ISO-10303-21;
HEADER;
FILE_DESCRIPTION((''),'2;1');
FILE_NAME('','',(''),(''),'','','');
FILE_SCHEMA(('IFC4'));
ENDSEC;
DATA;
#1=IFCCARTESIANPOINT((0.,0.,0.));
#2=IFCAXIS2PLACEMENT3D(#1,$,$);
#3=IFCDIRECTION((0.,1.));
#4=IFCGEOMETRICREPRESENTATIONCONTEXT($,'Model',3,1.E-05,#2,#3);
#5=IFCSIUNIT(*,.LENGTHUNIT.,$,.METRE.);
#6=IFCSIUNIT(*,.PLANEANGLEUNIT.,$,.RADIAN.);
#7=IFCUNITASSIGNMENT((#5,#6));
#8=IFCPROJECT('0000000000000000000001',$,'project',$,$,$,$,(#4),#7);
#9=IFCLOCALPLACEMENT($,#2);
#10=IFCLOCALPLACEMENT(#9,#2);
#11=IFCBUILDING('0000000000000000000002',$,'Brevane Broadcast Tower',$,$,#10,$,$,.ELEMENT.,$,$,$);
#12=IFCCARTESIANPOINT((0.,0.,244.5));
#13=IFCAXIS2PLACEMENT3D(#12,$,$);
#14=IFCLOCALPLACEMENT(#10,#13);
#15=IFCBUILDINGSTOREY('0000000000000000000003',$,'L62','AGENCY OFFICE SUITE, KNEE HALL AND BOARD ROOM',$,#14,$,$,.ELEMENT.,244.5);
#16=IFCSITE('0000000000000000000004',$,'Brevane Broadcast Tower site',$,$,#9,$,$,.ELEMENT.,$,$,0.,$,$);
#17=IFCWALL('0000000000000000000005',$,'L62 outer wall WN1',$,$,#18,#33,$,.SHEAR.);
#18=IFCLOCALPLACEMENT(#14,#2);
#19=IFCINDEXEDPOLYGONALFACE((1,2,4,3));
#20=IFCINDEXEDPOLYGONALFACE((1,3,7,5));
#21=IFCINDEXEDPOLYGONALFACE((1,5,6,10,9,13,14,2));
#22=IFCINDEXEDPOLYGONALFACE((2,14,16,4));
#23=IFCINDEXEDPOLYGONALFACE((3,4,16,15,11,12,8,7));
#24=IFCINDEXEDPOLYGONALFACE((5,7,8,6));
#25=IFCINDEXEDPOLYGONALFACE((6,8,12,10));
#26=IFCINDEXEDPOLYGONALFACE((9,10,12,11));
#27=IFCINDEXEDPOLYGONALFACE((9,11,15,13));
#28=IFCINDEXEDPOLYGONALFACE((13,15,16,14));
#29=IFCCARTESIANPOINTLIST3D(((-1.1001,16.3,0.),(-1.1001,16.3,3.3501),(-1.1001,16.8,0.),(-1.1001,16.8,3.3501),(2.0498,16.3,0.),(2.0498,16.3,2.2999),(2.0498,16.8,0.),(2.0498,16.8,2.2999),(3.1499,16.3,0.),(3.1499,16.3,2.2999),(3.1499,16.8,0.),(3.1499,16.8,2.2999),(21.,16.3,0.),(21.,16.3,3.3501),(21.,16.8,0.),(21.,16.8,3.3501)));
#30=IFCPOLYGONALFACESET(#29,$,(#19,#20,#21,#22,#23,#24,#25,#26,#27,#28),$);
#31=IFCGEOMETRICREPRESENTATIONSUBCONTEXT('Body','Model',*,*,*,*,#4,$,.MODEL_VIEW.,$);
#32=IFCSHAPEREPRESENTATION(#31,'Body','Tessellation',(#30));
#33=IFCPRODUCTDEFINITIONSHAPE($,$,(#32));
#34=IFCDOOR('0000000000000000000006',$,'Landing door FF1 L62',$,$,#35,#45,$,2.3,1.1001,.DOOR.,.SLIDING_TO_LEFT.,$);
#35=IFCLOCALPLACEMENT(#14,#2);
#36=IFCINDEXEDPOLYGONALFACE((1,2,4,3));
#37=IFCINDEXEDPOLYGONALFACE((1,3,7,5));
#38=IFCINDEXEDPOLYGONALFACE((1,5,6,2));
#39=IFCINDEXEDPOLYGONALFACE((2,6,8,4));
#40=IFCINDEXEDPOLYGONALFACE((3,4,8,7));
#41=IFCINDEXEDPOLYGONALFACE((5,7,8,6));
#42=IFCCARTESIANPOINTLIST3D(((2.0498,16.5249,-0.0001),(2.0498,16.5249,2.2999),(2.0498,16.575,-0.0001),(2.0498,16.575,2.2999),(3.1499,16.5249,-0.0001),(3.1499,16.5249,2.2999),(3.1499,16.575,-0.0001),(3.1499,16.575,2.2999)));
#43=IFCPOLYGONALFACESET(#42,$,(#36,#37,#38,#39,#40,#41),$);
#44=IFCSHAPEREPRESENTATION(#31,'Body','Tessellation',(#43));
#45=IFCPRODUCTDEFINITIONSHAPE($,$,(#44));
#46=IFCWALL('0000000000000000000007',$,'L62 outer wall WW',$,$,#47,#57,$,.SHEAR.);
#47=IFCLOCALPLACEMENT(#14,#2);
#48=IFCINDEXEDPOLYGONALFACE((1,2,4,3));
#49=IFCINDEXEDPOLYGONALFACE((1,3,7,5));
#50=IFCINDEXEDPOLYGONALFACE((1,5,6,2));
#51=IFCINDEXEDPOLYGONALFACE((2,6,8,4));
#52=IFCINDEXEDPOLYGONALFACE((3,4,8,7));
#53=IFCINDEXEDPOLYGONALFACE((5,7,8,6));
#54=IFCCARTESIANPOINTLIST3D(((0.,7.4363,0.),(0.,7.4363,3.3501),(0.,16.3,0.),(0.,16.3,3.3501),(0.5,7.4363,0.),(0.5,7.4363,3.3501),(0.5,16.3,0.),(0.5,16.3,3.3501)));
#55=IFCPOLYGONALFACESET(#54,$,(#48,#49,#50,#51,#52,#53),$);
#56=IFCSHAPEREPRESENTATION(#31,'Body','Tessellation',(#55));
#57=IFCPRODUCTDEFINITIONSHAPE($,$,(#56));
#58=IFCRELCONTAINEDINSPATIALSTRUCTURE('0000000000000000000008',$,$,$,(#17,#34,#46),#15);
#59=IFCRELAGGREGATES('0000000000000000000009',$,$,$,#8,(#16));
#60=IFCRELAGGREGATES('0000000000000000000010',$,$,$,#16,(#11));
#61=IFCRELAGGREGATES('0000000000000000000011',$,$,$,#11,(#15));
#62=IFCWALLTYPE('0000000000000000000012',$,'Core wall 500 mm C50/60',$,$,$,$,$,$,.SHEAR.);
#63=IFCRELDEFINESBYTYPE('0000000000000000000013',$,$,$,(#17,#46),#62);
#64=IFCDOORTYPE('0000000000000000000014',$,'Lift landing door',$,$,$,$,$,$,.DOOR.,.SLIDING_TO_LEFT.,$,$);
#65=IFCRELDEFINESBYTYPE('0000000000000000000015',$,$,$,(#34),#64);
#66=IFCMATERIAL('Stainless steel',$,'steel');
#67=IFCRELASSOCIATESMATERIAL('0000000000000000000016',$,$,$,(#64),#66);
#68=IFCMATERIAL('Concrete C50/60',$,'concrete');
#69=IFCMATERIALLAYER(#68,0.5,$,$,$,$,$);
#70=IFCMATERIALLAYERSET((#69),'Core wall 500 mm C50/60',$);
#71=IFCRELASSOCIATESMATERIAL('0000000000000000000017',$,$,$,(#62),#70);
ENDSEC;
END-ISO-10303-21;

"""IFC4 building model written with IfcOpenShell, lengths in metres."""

from ifc_helpers import new_model, si_unit, direction, frame, frame_2d, origin, place, context, subcontext, project, spatial, rectangle, extrude, material, layer, layer_set, type_object, element, fill, save


model = new_model("IFC4")

# Units and contexts
model_context = context("Model", 3, precision=1e-05, world=origin(), true_north=direction((0.0, 1.0)))
body_context = subcontext(model_context, "Body", "Model", "MODEL_VIEW")
ifc_project = project(units=[si_unit("LENGTHUNIT", "METRE"), si_unit("PLANEANGLEUNIT", "RADIAN")], contexts=[model_context])

# Site, building, storey
site_placement = place(None, origin())
site = spatial("IfcSite", under=ifc_project, at=site_placement, Name="Brevane Broadcast Tower site", CompositionType="ELEMENT", RefElevation=0.0)
building_placement = place(site_placement, origin())
building = spatial("IfcBuilding", under=site, at=building_placement, Name="Brevane Broadcast Tower", CompositionType="ELEMENT")
storey_placement = place(building_placement, frame((0.0, 0.0, 244.5)))
storey = spatial("IfcBuildingStorey", under=building, at=storey_placement, Name="L62", Description="AGENCY OFFICE SUITE, KNEE HALL AND BOARD ROOM", CompositionType="ELEMENT", Elevation=244.5)

# Shared definitions
ifc_material_1 = material(Name="Concrete C50/60", Category="concrete")
ifc_material_2 = material(Name="Stainless steel", Category="steel")
door_type_1 = type_object("IfcDoorType", Name="Lift landing door", OperationType="SLIDING_TO_LEFT", PredefinedType="DOOR", material=ifc_material_2)

# Wall, opening, door
ifc_layer_1 = layer(ifc_material_1, 0.5)
ifc_layer_set_1 = layer_set([ifc_layer_1], Name="Core wall 500 mm C50/60")
wall_type_1 = type_object("IfcWallType", Name="Core wall 500 mm C50/60", PredefinedType="SHEAR", material=ifc_layer_set_1)
wall_1_placement = place(storey_placement, frame((-1.1001, 16.55, 0.0), z_axis=(0.0, 0.0, 1.0), x_axis=(1.0, 0.0, 0.0)))
wall_1 = element("IfcWall", 1, at=wall_1_placement, inside=storey, type_object=wall_type_1, Name="L62 outer wall WN1", PredefinedType="SHEAR", context=body_context, shape_type="SweptSolid", body=[
    extrude(rectangle(XDim=22.1001, YDim=0.5, at=frame_2d((11.05, 0.0))), origin(), (0.0, 0.0, 1.0), 3.3501),
])
opening_1_placement = place(wall_1_placement, frame((3.1499, 0.0, 0.0)))
opening_1 = element("IfcOpeningElement", 2, at=opening_1_placement, cuts=wall_1, PredefinedType="OPENING", context=body_context, shape_type="SweptSolid", body=[
    extrude(rectangle(XDim=1.1001, YDim=2.3, at=frame_2d((0.55, 1.1499))), frame((0.0, 0.26, 0.0), z_axis=(0.0, -1.0, 0.0), x_axis=(1.0, 0.0, 0.0)), (0.0, 0.0, 1.0), 0.52),
])
door_1_placement = place(opening_1_placement, origin())
door_1 = element("IfcDoor", 3, at=door_1_placement, inside=storey, type_object=door_type_1, Name="Landing door FF1 L62", OperationType="SLIDING_TO_LEFT", OverallHeight=2.3, OverallWidth=1.1001, PredefinedType="DOOR", context=body_context, shape_type="SweptSolid", body=[
    extrude(rectangle(XDim=1.1001, YDim=2.3, at=frame_2d((0.55, 1.1499))), frame((0.0, 0.0249, 0.0), z_axis=(0.0, -1.0, 0.0), x_axis=(1.0, 0.0, 0.0)), (0.0, 0.0, 1.0), 0.05),
])
fill(opening_1, door_1)

# Wall
wall_2_placement = place(storey_placement, frame((0.25, 7.4363, 0.0), z_axis=(0.0, 0.0, 1.0), x_axis=(0.0, 1.0, 0.0)))
element("IfcWall", 4, at=wall_2_placement, inside=storey, type_object=wall_type_1, Name="L62 outer wall WW", PredefinedType="SHEAR", context=body_context, shape_type="SweptSolid", body=[
    extrude(rectangle(XDim=8.8638, YDim=0.5, at=frame_2d((4.4319, 0.0))), origin(), (0.0, 0.0, 1.0), 3.3501),
])

save(model, "model.ifc")
